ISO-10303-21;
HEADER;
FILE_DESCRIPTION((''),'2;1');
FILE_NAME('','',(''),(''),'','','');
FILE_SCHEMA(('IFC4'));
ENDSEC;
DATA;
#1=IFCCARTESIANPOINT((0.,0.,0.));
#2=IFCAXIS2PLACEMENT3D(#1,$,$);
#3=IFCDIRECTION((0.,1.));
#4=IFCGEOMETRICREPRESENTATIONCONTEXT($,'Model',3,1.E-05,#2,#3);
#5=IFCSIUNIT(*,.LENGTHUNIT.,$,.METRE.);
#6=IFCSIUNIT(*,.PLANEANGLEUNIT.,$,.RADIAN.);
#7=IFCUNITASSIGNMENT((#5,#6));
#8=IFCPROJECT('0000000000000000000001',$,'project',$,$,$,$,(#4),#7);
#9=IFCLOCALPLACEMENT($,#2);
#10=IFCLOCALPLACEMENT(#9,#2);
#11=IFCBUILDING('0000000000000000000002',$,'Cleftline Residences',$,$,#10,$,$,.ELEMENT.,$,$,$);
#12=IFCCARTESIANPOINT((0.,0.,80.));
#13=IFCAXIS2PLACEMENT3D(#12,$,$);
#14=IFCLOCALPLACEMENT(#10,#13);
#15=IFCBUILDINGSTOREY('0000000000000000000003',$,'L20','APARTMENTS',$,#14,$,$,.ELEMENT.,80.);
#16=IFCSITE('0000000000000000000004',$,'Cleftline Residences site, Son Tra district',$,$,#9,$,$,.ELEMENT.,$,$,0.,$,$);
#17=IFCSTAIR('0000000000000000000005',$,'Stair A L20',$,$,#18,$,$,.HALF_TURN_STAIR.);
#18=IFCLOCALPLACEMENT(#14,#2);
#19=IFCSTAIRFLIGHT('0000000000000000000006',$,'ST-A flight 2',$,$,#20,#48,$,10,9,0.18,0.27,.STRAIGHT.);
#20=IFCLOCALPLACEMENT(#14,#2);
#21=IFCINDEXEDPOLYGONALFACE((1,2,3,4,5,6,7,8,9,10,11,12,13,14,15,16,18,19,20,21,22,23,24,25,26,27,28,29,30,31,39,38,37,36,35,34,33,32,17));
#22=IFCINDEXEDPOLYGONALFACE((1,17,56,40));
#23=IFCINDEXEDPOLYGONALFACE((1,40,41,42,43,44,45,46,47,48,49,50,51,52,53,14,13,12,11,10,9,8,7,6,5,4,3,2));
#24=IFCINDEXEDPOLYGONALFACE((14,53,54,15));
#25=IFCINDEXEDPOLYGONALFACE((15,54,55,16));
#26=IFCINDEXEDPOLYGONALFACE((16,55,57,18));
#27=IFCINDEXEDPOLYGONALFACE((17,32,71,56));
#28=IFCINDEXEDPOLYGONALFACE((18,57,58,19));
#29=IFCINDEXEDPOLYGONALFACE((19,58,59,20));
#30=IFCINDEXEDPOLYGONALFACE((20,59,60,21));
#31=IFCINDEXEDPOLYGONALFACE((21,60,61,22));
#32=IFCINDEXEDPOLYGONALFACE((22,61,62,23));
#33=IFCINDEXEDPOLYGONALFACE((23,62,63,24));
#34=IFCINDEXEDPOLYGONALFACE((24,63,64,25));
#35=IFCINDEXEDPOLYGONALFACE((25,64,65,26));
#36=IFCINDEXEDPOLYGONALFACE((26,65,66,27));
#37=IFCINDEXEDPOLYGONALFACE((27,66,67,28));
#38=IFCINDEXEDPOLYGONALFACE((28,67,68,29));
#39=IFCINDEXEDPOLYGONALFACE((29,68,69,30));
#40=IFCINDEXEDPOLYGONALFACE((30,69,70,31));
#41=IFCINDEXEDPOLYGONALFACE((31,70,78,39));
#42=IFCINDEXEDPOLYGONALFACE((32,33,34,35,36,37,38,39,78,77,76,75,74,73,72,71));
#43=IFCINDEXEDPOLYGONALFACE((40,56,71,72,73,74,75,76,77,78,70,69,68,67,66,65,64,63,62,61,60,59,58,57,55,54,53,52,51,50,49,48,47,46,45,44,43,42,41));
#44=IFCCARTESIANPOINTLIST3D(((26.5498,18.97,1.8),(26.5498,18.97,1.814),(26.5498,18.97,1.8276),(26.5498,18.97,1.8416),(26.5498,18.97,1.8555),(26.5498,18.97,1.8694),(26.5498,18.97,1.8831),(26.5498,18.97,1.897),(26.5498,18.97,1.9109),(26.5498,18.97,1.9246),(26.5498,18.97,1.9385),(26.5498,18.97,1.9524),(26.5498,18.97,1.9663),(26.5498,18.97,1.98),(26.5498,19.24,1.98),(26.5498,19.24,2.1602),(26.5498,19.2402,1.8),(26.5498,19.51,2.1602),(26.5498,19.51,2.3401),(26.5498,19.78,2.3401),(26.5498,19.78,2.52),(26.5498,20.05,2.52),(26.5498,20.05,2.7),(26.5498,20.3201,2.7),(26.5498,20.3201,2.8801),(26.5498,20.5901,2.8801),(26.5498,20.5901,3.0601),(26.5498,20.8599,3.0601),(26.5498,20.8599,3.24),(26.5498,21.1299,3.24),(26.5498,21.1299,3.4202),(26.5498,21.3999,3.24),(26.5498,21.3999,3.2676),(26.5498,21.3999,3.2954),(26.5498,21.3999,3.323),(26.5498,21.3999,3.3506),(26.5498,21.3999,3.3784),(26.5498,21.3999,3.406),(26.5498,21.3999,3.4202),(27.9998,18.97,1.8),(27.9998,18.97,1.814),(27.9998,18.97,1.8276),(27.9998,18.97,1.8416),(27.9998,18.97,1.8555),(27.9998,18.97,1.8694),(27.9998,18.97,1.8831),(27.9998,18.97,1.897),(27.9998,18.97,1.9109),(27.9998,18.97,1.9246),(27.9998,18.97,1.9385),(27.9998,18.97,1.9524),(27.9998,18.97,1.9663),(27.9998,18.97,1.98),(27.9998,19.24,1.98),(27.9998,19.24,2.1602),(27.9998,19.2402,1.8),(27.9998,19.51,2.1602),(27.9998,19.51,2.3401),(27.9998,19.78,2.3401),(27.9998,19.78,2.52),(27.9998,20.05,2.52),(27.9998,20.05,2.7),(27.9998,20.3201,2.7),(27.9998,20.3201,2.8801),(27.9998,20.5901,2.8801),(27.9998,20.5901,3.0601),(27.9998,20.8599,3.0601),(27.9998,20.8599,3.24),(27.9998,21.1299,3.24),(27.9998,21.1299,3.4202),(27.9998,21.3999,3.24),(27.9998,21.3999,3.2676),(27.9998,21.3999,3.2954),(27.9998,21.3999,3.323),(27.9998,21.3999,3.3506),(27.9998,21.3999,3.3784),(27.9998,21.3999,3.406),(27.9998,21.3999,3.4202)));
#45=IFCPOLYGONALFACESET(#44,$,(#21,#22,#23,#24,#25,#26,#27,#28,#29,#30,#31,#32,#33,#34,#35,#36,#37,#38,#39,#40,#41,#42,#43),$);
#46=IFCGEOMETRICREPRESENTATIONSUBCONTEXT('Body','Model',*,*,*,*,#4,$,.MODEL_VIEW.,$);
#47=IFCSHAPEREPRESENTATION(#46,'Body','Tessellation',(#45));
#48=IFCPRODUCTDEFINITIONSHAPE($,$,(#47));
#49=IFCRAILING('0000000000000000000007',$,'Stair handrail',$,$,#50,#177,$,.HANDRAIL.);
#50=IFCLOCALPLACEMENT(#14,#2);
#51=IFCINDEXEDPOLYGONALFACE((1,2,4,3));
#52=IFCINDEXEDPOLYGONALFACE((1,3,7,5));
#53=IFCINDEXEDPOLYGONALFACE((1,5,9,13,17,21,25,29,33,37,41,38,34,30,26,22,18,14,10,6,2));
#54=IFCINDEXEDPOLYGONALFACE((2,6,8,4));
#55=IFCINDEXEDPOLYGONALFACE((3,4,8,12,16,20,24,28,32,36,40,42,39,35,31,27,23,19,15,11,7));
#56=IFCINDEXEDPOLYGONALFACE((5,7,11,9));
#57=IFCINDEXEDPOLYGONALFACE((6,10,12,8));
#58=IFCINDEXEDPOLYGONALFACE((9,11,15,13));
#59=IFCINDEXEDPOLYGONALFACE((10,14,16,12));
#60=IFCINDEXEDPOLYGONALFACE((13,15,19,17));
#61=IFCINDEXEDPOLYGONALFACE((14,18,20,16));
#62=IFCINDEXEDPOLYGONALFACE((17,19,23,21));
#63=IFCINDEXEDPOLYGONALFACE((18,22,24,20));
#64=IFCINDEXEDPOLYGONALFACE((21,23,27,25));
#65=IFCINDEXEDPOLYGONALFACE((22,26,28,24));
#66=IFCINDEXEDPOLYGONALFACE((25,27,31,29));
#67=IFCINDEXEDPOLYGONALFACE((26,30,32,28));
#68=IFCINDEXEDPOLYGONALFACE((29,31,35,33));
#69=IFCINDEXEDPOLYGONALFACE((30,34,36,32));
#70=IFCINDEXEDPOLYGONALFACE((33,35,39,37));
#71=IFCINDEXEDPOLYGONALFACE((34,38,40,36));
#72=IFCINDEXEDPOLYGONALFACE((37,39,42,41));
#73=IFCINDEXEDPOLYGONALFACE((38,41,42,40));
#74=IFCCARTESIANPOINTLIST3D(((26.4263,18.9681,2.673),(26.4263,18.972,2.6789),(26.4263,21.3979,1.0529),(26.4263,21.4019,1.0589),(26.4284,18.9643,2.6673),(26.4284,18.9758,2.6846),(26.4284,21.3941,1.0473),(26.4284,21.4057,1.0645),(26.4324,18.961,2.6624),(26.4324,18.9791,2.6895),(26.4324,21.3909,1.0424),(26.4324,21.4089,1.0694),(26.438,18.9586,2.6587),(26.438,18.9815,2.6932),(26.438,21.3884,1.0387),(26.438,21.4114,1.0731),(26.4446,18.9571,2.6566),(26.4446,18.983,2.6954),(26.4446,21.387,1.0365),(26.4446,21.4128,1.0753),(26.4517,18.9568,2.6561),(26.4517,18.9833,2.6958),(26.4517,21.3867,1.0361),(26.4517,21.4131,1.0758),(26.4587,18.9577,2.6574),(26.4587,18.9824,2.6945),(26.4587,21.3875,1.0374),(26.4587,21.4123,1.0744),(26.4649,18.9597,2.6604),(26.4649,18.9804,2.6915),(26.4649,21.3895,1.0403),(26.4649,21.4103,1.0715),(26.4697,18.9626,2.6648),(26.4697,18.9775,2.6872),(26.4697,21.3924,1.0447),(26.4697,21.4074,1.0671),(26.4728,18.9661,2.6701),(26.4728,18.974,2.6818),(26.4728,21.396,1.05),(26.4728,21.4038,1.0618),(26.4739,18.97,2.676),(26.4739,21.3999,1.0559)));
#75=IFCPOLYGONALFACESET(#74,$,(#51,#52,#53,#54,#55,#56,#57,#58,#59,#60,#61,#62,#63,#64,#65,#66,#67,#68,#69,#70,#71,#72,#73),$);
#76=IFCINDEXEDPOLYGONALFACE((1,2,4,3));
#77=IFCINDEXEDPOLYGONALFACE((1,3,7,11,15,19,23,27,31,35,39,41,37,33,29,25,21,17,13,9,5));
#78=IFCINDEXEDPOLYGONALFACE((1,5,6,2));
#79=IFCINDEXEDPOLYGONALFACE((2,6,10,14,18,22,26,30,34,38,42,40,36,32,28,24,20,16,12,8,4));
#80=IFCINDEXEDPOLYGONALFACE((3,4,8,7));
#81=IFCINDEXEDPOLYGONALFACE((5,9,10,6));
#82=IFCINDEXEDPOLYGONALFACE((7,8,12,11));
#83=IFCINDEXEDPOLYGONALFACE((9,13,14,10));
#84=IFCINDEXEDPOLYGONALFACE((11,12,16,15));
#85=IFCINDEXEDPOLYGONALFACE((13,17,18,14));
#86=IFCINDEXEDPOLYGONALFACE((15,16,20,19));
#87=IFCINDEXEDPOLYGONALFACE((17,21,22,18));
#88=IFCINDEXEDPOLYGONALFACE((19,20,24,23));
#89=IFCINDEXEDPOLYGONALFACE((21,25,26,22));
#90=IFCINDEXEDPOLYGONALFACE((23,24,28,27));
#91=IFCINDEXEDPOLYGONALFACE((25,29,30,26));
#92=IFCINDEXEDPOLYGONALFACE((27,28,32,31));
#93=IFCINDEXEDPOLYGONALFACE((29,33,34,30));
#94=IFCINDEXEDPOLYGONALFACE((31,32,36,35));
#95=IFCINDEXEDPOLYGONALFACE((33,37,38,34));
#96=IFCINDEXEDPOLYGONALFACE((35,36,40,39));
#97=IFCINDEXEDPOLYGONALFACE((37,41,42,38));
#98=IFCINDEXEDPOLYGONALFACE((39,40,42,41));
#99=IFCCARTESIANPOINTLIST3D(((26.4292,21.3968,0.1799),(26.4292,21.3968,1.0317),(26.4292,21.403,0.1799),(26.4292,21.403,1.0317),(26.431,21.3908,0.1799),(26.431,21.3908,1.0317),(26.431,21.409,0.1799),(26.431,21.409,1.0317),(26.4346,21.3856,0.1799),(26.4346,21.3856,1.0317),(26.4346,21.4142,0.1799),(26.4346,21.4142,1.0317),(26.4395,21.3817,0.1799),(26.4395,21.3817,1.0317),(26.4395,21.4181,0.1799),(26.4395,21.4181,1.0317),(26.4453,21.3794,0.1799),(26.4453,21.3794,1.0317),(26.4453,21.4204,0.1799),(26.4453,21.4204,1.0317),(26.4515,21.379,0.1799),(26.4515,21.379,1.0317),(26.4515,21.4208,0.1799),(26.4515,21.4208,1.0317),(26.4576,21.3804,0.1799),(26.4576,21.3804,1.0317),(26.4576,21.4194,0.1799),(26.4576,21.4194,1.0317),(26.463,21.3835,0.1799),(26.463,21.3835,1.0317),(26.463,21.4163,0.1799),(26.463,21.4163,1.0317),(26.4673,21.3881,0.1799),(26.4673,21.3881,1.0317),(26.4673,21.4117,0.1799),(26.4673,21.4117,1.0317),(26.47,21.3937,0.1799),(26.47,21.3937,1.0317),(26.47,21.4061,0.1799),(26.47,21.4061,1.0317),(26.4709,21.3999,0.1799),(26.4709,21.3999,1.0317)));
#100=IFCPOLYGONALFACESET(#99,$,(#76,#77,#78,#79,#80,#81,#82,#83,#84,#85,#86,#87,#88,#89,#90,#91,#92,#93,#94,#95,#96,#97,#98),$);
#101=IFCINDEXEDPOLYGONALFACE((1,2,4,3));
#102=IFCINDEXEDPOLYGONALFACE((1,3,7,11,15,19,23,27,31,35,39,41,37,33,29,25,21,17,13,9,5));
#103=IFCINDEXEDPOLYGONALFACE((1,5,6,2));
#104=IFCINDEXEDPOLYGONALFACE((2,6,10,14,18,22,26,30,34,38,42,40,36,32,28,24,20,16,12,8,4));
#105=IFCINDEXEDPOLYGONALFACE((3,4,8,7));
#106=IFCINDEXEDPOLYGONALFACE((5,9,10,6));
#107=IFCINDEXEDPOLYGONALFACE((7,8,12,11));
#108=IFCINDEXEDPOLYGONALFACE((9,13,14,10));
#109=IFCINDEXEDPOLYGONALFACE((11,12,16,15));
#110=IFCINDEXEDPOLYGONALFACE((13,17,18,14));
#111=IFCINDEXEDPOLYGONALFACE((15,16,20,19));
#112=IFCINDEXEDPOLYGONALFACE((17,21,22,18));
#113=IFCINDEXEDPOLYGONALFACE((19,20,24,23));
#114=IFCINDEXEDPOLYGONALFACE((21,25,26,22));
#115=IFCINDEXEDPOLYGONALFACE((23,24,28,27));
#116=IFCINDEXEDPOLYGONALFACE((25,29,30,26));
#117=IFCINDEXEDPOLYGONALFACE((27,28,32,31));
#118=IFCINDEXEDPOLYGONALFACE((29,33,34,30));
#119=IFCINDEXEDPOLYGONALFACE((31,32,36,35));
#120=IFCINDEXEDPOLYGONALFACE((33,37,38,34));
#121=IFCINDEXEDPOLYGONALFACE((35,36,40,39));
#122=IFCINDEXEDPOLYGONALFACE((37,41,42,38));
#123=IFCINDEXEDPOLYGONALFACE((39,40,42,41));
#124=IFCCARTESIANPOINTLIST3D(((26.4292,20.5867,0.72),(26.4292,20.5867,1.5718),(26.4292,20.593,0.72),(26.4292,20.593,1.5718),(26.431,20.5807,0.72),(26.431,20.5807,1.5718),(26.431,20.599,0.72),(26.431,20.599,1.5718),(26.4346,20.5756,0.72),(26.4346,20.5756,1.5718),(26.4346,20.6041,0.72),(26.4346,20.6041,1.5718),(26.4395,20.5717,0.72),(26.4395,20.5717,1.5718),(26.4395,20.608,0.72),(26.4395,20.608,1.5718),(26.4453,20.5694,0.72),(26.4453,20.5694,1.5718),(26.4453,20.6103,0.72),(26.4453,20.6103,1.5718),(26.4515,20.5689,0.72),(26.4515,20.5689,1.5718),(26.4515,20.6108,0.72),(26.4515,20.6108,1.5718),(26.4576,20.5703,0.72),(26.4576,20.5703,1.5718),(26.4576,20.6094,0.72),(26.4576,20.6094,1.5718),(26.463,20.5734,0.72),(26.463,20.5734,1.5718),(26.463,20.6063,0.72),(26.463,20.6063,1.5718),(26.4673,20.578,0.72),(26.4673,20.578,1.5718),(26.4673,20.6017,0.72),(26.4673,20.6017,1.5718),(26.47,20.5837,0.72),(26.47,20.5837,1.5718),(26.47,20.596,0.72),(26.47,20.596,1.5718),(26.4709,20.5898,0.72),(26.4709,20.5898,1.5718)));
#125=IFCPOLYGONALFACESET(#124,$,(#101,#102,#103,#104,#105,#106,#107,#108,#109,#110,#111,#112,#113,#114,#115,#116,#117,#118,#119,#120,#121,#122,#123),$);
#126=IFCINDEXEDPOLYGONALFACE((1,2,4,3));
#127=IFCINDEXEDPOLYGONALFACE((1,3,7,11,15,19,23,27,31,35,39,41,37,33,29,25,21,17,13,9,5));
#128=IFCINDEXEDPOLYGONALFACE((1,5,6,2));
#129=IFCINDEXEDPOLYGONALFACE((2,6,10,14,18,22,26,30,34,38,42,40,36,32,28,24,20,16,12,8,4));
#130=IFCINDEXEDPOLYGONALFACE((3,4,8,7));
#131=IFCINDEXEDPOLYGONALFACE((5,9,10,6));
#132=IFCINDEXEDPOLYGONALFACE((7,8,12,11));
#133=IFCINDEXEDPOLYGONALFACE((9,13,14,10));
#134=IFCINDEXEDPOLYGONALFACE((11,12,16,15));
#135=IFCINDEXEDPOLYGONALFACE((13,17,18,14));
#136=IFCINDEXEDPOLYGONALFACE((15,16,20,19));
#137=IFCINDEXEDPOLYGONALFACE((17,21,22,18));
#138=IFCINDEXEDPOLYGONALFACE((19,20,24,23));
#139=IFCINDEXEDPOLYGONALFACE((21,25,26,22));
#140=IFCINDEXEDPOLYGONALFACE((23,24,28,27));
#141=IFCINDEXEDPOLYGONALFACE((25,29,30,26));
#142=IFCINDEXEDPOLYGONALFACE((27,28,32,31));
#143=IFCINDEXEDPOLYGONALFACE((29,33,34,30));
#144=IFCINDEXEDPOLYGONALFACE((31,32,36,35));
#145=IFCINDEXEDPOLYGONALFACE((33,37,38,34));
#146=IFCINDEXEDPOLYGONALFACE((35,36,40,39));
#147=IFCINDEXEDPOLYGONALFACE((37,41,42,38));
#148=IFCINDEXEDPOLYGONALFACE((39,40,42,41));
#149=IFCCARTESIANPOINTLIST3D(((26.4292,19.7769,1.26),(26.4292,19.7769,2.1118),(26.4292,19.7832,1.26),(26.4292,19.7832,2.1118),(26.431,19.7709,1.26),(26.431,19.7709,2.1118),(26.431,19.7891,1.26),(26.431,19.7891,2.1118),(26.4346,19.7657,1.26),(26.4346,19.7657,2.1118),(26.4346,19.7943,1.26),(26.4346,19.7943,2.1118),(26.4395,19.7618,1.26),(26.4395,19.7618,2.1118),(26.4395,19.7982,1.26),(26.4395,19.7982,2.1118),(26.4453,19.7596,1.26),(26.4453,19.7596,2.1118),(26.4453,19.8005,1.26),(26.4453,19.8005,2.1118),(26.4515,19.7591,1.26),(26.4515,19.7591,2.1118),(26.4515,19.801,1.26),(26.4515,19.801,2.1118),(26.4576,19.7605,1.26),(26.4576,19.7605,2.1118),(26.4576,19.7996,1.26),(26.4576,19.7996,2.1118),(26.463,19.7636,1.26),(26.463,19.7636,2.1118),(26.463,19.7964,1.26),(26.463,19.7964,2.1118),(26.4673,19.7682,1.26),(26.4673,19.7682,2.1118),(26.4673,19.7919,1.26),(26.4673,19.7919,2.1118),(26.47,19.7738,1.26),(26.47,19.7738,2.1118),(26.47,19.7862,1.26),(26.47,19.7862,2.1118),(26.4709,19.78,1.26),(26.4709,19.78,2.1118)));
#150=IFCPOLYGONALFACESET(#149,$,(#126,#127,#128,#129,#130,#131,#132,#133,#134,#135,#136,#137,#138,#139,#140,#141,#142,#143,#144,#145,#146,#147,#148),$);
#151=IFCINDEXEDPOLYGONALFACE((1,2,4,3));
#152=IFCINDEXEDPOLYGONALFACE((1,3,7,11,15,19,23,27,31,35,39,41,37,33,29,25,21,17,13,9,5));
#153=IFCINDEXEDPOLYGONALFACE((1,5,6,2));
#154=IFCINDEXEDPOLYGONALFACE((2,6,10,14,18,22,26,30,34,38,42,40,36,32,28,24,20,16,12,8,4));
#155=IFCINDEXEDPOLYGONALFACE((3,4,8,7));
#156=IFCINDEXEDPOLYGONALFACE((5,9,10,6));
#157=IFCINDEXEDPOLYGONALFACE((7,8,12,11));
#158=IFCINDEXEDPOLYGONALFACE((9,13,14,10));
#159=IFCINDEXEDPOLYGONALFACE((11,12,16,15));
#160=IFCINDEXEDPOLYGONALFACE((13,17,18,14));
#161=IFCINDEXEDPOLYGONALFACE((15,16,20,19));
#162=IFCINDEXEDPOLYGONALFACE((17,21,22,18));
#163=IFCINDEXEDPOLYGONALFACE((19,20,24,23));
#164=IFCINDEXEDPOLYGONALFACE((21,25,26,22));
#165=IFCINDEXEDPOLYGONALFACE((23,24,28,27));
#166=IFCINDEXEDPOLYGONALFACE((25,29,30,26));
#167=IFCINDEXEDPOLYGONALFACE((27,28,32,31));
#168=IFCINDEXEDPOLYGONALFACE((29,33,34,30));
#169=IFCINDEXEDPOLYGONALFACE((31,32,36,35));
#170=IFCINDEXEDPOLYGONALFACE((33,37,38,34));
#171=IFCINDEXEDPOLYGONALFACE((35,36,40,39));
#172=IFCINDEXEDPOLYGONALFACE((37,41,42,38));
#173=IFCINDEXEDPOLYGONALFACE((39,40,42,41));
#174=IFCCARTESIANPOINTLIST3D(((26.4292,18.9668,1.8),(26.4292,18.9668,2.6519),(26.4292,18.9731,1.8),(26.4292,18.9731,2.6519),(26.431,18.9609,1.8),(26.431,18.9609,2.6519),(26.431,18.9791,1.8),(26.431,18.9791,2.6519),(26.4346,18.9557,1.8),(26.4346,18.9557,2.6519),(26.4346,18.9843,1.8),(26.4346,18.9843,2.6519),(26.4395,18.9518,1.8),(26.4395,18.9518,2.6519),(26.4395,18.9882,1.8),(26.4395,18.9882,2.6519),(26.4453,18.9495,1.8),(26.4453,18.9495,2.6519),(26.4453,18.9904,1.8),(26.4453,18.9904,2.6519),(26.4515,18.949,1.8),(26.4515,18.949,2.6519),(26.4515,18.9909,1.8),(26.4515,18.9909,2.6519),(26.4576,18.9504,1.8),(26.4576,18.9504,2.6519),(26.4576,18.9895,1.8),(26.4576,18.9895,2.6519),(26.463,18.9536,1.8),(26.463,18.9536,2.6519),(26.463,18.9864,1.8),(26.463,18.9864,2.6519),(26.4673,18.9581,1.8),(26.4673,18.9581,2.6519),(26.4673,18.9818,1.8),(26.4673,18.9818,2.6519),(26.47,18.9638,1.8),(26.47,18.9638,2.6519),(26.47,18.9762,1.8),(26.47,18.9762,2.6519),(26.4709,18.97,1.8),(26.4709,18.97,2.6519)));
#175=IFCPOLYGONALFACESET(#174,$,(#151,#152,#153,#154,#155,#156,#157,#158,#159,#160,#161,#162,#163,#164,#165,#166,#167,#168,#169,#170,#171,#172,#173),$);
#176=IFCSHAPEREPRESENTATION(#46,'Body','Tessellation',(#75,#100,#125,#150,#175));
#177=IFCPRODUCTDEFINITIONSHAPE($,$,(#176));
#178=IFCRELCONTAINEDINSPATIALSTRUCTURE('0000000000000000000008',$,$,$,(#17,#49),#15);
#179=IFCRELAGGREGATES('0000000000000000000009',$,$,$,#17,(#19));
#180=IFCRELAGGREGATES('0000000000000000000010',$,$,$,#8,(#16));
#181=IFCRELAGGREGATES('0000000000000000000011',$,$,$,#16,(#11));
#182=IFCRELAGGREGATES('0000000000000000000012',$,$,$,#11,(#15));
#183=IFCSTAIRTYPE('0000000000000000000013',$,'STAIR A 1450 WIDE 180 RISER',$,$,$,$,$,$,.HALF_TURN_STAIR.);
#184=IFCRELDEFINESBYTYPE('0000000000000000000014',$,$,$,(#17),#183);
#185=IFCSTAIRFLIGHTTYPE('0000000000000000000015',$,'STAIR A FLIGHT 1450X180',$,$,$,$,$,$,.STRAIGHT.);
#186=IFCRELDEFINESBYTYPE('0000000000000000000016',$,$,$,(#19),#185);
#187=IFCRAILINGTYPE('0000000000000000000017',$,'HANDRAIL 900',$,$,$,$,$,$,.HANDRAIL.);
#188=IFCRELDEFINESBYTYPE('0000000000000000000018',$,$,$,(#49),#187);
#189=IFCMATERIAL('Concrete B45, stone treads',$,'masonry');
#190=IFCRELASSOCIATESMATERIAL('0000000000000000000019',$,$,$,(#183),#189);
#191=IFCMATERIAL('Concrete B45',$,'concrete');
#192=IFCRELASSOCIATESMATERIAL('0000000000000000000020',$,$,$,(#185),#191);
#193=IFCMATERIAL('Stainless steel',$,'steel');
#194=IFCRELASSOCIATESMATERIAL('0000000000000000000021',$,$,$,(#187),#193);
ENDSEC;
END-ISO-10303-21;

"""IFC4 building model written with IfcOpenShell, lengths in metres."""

from ifc_helpers import new_model, si_unit, direction, frame, origin, origin_2d, place, context, subcontext, project, spatial, polyline, circle, outline, extrude, material, type_object, element, aggregate, save


model = new_model("IFC4")

# Units and contexts
model_context = context("Model", 3, precision=1e-05, world=origin(), true_north=direction((0.0, 1.0)))
body_context = subcontext(model_context, "Body", "Model", "MODEL_VIEW")
ifc_project = project(units=[si_unit("LENGTHUNIT", "METRE"), si_unit("PLANEANGLEUNIT", "RADIAN")], contexts=[model_context])

# Site, building, storey
site_placement = place(None, origin())
site = spatial("IfcSite", under=ifc_project, at=site_placement, Name="Cleftline Residences site, Son Tra district", CompositionType="ELEMENT", RefElevation=0.0)
building_placement = place(site_placement, origin())
building = spatial("IfcBuilding", under=site, at=building_placement, Name="Cleftline Residences", CompositionType="ELEMENT")
storey_placement = place(building_placement, frame((0.0, 0.0, 80.0)))
storey = spatial("IfcBuildingStorey", under=building, at=storey_placement, Name="L20", Description="APARTMENTS", CompositionType="ELEMENT", Elevation=80.0)

# Stair, stair flight
ifc_material_1 = material(Name="Concrete B45, stone treads", Category="masonry")
stair_type = type_object("IfcStairType", Name="STAIR A 1450 WIDE 180 RISER", PredefinedType="HALF_TURN_STAIR", material=ifc_material_1)
stair_placement = place(storey_placement, origin())
stair = element("IfcStair", 1, at=stair_placement, inside=storey, type_object=stair_type, Name="Stair A L20", PredefinedType="HALF_TURN_STAIR")
ifc_material_2 = material(Name="Concrete B45", Category="concrete")
stair_flight_type = type_object("IfcStairFlightType", Name="STAIR A FLIGHT 1450X180", PredefinedType="STRAIGHT", material=ifc_material_2)
stair_flight_1_placement = place(storey_placement, frame((27.2749, 18.97, 1.8), z_axis=(0.0, 0.0, 1.0), x_axis=(0.0, 1.0, 0.0)))
stair_flight_1 = element("IfcStairFlight", 2, at=stair_flight_1_placement, type_object=stair_flight_type, Name="ST-A flight 2", NumberOfRisers=10, NumberOfTreads=9, PredefinedType="STRAIGHT", RiserHeight=0.18, TreadLength=0.27, context=body_context, shape_type="SweptSolid", body=[
    extrude(outline(polyline([(0.0, 0.0), (0.0, 0.0139), (0.0, 0.0276), (0.0, 0.0415), (0.0, 0.0554), (0.0, 0.0693), (0.0, 0.083), (0.0, 0.0969), (0.0, 0.1108), (0.0, 0.1245), (0.0, 0.1384), (0.0, 0.1523), (0.0, 0.1663), (0.0, 0.1799), (0.27, 0.1799), (0.27, 0.3601), (0.54, 0.3601), (0.54, 0.54), (0.8101, 0.54), (0.8101, 0.72), (1.0801, 0.72), (1.0801, 0.8999), (1.3501, 0.8999), (1.3501, 1.0801), (1.6201, 1.0801), (1.6201, 1.26), (1.8899, 1.26), (1.8899, 1.4399), (2.1599, 1.4399), (2.1599, 1.6201), (2.4299, 1.6201), (2.4299, 1.8), (2.4299, 1.7722), (2.4299, 1.7446), (2.4299, 1.7168), (2.4299, 1.6892), (2.4299, 1.6614), (2.4299, 1.6338), (2.4299, 1.606), (2.4299, 1.5784), (2.4299, 1.5505), (2.4299, 1.5229), (2.4299, 1.4954), (2.4299, 1.4675), (2.4299, 1.4399), (0.2703, 0.0), (0.0, 0.0)])), frame((0.0, 0.7251, 0.0), z_axis=(0.0, -1.0, 0.0), x_axis=(1.0, 0.0, 0.0)), (0.0, 0.0, 1.0), 1.45),
])
aggregate(stair, [stair_flight_1])

# Railing
ifc_material_3 = material(Name="Stainless steel", Category="steel")
railing_type = type_object("IfcRailingType", Name="HANDRAIL 900", PredefinedType="HANDRAIL", material=ifc_material_3)
railing_1_placement = place(storey_placement, frame((26.45, 21.3999, 0.1799)))
element("IfcRailing", 3, at=railing_1_placement, inside=storey, type_object=railing_type, Name="Stair handrail", PredefinedType="HANDRAIL", context=body_context, shape_type="SweptSolid", body=[
    extrude(circle(Radius=0.0239, at=origin_2d()), frame((0.0, 0.0, 0.876), z_axis=(0.0, -0.832025, 0.554739), x_axis=(1.0, 0.0, 0.0)), (0.0, 0.0, 1.0), 2.9204),
    extrude(circle(Radius=0.021, at=origin_2d()), origin(), (0.0, 0.0, 1.0), 0.8518),
    extrude(circle(Radius=0.021, at=origin_2d()), frame((0.0, -0.8101, 0.54)), (0.0, 0.0, 1.0), 0.8518),
    extrude(circle(Radius=0.021, at=origin_2d()), frame((0.0, -1.6199, 1.0801)), (0.0, 0.0, 1.0), 0.8518),
    extrude(circle(Radius=0.021, at=origin_2d()), frame((0.0, -2.4299, 1.6201)), (0.0, 0.0, 1.0), 0.8518),
])

save(model, "model.ifc")
